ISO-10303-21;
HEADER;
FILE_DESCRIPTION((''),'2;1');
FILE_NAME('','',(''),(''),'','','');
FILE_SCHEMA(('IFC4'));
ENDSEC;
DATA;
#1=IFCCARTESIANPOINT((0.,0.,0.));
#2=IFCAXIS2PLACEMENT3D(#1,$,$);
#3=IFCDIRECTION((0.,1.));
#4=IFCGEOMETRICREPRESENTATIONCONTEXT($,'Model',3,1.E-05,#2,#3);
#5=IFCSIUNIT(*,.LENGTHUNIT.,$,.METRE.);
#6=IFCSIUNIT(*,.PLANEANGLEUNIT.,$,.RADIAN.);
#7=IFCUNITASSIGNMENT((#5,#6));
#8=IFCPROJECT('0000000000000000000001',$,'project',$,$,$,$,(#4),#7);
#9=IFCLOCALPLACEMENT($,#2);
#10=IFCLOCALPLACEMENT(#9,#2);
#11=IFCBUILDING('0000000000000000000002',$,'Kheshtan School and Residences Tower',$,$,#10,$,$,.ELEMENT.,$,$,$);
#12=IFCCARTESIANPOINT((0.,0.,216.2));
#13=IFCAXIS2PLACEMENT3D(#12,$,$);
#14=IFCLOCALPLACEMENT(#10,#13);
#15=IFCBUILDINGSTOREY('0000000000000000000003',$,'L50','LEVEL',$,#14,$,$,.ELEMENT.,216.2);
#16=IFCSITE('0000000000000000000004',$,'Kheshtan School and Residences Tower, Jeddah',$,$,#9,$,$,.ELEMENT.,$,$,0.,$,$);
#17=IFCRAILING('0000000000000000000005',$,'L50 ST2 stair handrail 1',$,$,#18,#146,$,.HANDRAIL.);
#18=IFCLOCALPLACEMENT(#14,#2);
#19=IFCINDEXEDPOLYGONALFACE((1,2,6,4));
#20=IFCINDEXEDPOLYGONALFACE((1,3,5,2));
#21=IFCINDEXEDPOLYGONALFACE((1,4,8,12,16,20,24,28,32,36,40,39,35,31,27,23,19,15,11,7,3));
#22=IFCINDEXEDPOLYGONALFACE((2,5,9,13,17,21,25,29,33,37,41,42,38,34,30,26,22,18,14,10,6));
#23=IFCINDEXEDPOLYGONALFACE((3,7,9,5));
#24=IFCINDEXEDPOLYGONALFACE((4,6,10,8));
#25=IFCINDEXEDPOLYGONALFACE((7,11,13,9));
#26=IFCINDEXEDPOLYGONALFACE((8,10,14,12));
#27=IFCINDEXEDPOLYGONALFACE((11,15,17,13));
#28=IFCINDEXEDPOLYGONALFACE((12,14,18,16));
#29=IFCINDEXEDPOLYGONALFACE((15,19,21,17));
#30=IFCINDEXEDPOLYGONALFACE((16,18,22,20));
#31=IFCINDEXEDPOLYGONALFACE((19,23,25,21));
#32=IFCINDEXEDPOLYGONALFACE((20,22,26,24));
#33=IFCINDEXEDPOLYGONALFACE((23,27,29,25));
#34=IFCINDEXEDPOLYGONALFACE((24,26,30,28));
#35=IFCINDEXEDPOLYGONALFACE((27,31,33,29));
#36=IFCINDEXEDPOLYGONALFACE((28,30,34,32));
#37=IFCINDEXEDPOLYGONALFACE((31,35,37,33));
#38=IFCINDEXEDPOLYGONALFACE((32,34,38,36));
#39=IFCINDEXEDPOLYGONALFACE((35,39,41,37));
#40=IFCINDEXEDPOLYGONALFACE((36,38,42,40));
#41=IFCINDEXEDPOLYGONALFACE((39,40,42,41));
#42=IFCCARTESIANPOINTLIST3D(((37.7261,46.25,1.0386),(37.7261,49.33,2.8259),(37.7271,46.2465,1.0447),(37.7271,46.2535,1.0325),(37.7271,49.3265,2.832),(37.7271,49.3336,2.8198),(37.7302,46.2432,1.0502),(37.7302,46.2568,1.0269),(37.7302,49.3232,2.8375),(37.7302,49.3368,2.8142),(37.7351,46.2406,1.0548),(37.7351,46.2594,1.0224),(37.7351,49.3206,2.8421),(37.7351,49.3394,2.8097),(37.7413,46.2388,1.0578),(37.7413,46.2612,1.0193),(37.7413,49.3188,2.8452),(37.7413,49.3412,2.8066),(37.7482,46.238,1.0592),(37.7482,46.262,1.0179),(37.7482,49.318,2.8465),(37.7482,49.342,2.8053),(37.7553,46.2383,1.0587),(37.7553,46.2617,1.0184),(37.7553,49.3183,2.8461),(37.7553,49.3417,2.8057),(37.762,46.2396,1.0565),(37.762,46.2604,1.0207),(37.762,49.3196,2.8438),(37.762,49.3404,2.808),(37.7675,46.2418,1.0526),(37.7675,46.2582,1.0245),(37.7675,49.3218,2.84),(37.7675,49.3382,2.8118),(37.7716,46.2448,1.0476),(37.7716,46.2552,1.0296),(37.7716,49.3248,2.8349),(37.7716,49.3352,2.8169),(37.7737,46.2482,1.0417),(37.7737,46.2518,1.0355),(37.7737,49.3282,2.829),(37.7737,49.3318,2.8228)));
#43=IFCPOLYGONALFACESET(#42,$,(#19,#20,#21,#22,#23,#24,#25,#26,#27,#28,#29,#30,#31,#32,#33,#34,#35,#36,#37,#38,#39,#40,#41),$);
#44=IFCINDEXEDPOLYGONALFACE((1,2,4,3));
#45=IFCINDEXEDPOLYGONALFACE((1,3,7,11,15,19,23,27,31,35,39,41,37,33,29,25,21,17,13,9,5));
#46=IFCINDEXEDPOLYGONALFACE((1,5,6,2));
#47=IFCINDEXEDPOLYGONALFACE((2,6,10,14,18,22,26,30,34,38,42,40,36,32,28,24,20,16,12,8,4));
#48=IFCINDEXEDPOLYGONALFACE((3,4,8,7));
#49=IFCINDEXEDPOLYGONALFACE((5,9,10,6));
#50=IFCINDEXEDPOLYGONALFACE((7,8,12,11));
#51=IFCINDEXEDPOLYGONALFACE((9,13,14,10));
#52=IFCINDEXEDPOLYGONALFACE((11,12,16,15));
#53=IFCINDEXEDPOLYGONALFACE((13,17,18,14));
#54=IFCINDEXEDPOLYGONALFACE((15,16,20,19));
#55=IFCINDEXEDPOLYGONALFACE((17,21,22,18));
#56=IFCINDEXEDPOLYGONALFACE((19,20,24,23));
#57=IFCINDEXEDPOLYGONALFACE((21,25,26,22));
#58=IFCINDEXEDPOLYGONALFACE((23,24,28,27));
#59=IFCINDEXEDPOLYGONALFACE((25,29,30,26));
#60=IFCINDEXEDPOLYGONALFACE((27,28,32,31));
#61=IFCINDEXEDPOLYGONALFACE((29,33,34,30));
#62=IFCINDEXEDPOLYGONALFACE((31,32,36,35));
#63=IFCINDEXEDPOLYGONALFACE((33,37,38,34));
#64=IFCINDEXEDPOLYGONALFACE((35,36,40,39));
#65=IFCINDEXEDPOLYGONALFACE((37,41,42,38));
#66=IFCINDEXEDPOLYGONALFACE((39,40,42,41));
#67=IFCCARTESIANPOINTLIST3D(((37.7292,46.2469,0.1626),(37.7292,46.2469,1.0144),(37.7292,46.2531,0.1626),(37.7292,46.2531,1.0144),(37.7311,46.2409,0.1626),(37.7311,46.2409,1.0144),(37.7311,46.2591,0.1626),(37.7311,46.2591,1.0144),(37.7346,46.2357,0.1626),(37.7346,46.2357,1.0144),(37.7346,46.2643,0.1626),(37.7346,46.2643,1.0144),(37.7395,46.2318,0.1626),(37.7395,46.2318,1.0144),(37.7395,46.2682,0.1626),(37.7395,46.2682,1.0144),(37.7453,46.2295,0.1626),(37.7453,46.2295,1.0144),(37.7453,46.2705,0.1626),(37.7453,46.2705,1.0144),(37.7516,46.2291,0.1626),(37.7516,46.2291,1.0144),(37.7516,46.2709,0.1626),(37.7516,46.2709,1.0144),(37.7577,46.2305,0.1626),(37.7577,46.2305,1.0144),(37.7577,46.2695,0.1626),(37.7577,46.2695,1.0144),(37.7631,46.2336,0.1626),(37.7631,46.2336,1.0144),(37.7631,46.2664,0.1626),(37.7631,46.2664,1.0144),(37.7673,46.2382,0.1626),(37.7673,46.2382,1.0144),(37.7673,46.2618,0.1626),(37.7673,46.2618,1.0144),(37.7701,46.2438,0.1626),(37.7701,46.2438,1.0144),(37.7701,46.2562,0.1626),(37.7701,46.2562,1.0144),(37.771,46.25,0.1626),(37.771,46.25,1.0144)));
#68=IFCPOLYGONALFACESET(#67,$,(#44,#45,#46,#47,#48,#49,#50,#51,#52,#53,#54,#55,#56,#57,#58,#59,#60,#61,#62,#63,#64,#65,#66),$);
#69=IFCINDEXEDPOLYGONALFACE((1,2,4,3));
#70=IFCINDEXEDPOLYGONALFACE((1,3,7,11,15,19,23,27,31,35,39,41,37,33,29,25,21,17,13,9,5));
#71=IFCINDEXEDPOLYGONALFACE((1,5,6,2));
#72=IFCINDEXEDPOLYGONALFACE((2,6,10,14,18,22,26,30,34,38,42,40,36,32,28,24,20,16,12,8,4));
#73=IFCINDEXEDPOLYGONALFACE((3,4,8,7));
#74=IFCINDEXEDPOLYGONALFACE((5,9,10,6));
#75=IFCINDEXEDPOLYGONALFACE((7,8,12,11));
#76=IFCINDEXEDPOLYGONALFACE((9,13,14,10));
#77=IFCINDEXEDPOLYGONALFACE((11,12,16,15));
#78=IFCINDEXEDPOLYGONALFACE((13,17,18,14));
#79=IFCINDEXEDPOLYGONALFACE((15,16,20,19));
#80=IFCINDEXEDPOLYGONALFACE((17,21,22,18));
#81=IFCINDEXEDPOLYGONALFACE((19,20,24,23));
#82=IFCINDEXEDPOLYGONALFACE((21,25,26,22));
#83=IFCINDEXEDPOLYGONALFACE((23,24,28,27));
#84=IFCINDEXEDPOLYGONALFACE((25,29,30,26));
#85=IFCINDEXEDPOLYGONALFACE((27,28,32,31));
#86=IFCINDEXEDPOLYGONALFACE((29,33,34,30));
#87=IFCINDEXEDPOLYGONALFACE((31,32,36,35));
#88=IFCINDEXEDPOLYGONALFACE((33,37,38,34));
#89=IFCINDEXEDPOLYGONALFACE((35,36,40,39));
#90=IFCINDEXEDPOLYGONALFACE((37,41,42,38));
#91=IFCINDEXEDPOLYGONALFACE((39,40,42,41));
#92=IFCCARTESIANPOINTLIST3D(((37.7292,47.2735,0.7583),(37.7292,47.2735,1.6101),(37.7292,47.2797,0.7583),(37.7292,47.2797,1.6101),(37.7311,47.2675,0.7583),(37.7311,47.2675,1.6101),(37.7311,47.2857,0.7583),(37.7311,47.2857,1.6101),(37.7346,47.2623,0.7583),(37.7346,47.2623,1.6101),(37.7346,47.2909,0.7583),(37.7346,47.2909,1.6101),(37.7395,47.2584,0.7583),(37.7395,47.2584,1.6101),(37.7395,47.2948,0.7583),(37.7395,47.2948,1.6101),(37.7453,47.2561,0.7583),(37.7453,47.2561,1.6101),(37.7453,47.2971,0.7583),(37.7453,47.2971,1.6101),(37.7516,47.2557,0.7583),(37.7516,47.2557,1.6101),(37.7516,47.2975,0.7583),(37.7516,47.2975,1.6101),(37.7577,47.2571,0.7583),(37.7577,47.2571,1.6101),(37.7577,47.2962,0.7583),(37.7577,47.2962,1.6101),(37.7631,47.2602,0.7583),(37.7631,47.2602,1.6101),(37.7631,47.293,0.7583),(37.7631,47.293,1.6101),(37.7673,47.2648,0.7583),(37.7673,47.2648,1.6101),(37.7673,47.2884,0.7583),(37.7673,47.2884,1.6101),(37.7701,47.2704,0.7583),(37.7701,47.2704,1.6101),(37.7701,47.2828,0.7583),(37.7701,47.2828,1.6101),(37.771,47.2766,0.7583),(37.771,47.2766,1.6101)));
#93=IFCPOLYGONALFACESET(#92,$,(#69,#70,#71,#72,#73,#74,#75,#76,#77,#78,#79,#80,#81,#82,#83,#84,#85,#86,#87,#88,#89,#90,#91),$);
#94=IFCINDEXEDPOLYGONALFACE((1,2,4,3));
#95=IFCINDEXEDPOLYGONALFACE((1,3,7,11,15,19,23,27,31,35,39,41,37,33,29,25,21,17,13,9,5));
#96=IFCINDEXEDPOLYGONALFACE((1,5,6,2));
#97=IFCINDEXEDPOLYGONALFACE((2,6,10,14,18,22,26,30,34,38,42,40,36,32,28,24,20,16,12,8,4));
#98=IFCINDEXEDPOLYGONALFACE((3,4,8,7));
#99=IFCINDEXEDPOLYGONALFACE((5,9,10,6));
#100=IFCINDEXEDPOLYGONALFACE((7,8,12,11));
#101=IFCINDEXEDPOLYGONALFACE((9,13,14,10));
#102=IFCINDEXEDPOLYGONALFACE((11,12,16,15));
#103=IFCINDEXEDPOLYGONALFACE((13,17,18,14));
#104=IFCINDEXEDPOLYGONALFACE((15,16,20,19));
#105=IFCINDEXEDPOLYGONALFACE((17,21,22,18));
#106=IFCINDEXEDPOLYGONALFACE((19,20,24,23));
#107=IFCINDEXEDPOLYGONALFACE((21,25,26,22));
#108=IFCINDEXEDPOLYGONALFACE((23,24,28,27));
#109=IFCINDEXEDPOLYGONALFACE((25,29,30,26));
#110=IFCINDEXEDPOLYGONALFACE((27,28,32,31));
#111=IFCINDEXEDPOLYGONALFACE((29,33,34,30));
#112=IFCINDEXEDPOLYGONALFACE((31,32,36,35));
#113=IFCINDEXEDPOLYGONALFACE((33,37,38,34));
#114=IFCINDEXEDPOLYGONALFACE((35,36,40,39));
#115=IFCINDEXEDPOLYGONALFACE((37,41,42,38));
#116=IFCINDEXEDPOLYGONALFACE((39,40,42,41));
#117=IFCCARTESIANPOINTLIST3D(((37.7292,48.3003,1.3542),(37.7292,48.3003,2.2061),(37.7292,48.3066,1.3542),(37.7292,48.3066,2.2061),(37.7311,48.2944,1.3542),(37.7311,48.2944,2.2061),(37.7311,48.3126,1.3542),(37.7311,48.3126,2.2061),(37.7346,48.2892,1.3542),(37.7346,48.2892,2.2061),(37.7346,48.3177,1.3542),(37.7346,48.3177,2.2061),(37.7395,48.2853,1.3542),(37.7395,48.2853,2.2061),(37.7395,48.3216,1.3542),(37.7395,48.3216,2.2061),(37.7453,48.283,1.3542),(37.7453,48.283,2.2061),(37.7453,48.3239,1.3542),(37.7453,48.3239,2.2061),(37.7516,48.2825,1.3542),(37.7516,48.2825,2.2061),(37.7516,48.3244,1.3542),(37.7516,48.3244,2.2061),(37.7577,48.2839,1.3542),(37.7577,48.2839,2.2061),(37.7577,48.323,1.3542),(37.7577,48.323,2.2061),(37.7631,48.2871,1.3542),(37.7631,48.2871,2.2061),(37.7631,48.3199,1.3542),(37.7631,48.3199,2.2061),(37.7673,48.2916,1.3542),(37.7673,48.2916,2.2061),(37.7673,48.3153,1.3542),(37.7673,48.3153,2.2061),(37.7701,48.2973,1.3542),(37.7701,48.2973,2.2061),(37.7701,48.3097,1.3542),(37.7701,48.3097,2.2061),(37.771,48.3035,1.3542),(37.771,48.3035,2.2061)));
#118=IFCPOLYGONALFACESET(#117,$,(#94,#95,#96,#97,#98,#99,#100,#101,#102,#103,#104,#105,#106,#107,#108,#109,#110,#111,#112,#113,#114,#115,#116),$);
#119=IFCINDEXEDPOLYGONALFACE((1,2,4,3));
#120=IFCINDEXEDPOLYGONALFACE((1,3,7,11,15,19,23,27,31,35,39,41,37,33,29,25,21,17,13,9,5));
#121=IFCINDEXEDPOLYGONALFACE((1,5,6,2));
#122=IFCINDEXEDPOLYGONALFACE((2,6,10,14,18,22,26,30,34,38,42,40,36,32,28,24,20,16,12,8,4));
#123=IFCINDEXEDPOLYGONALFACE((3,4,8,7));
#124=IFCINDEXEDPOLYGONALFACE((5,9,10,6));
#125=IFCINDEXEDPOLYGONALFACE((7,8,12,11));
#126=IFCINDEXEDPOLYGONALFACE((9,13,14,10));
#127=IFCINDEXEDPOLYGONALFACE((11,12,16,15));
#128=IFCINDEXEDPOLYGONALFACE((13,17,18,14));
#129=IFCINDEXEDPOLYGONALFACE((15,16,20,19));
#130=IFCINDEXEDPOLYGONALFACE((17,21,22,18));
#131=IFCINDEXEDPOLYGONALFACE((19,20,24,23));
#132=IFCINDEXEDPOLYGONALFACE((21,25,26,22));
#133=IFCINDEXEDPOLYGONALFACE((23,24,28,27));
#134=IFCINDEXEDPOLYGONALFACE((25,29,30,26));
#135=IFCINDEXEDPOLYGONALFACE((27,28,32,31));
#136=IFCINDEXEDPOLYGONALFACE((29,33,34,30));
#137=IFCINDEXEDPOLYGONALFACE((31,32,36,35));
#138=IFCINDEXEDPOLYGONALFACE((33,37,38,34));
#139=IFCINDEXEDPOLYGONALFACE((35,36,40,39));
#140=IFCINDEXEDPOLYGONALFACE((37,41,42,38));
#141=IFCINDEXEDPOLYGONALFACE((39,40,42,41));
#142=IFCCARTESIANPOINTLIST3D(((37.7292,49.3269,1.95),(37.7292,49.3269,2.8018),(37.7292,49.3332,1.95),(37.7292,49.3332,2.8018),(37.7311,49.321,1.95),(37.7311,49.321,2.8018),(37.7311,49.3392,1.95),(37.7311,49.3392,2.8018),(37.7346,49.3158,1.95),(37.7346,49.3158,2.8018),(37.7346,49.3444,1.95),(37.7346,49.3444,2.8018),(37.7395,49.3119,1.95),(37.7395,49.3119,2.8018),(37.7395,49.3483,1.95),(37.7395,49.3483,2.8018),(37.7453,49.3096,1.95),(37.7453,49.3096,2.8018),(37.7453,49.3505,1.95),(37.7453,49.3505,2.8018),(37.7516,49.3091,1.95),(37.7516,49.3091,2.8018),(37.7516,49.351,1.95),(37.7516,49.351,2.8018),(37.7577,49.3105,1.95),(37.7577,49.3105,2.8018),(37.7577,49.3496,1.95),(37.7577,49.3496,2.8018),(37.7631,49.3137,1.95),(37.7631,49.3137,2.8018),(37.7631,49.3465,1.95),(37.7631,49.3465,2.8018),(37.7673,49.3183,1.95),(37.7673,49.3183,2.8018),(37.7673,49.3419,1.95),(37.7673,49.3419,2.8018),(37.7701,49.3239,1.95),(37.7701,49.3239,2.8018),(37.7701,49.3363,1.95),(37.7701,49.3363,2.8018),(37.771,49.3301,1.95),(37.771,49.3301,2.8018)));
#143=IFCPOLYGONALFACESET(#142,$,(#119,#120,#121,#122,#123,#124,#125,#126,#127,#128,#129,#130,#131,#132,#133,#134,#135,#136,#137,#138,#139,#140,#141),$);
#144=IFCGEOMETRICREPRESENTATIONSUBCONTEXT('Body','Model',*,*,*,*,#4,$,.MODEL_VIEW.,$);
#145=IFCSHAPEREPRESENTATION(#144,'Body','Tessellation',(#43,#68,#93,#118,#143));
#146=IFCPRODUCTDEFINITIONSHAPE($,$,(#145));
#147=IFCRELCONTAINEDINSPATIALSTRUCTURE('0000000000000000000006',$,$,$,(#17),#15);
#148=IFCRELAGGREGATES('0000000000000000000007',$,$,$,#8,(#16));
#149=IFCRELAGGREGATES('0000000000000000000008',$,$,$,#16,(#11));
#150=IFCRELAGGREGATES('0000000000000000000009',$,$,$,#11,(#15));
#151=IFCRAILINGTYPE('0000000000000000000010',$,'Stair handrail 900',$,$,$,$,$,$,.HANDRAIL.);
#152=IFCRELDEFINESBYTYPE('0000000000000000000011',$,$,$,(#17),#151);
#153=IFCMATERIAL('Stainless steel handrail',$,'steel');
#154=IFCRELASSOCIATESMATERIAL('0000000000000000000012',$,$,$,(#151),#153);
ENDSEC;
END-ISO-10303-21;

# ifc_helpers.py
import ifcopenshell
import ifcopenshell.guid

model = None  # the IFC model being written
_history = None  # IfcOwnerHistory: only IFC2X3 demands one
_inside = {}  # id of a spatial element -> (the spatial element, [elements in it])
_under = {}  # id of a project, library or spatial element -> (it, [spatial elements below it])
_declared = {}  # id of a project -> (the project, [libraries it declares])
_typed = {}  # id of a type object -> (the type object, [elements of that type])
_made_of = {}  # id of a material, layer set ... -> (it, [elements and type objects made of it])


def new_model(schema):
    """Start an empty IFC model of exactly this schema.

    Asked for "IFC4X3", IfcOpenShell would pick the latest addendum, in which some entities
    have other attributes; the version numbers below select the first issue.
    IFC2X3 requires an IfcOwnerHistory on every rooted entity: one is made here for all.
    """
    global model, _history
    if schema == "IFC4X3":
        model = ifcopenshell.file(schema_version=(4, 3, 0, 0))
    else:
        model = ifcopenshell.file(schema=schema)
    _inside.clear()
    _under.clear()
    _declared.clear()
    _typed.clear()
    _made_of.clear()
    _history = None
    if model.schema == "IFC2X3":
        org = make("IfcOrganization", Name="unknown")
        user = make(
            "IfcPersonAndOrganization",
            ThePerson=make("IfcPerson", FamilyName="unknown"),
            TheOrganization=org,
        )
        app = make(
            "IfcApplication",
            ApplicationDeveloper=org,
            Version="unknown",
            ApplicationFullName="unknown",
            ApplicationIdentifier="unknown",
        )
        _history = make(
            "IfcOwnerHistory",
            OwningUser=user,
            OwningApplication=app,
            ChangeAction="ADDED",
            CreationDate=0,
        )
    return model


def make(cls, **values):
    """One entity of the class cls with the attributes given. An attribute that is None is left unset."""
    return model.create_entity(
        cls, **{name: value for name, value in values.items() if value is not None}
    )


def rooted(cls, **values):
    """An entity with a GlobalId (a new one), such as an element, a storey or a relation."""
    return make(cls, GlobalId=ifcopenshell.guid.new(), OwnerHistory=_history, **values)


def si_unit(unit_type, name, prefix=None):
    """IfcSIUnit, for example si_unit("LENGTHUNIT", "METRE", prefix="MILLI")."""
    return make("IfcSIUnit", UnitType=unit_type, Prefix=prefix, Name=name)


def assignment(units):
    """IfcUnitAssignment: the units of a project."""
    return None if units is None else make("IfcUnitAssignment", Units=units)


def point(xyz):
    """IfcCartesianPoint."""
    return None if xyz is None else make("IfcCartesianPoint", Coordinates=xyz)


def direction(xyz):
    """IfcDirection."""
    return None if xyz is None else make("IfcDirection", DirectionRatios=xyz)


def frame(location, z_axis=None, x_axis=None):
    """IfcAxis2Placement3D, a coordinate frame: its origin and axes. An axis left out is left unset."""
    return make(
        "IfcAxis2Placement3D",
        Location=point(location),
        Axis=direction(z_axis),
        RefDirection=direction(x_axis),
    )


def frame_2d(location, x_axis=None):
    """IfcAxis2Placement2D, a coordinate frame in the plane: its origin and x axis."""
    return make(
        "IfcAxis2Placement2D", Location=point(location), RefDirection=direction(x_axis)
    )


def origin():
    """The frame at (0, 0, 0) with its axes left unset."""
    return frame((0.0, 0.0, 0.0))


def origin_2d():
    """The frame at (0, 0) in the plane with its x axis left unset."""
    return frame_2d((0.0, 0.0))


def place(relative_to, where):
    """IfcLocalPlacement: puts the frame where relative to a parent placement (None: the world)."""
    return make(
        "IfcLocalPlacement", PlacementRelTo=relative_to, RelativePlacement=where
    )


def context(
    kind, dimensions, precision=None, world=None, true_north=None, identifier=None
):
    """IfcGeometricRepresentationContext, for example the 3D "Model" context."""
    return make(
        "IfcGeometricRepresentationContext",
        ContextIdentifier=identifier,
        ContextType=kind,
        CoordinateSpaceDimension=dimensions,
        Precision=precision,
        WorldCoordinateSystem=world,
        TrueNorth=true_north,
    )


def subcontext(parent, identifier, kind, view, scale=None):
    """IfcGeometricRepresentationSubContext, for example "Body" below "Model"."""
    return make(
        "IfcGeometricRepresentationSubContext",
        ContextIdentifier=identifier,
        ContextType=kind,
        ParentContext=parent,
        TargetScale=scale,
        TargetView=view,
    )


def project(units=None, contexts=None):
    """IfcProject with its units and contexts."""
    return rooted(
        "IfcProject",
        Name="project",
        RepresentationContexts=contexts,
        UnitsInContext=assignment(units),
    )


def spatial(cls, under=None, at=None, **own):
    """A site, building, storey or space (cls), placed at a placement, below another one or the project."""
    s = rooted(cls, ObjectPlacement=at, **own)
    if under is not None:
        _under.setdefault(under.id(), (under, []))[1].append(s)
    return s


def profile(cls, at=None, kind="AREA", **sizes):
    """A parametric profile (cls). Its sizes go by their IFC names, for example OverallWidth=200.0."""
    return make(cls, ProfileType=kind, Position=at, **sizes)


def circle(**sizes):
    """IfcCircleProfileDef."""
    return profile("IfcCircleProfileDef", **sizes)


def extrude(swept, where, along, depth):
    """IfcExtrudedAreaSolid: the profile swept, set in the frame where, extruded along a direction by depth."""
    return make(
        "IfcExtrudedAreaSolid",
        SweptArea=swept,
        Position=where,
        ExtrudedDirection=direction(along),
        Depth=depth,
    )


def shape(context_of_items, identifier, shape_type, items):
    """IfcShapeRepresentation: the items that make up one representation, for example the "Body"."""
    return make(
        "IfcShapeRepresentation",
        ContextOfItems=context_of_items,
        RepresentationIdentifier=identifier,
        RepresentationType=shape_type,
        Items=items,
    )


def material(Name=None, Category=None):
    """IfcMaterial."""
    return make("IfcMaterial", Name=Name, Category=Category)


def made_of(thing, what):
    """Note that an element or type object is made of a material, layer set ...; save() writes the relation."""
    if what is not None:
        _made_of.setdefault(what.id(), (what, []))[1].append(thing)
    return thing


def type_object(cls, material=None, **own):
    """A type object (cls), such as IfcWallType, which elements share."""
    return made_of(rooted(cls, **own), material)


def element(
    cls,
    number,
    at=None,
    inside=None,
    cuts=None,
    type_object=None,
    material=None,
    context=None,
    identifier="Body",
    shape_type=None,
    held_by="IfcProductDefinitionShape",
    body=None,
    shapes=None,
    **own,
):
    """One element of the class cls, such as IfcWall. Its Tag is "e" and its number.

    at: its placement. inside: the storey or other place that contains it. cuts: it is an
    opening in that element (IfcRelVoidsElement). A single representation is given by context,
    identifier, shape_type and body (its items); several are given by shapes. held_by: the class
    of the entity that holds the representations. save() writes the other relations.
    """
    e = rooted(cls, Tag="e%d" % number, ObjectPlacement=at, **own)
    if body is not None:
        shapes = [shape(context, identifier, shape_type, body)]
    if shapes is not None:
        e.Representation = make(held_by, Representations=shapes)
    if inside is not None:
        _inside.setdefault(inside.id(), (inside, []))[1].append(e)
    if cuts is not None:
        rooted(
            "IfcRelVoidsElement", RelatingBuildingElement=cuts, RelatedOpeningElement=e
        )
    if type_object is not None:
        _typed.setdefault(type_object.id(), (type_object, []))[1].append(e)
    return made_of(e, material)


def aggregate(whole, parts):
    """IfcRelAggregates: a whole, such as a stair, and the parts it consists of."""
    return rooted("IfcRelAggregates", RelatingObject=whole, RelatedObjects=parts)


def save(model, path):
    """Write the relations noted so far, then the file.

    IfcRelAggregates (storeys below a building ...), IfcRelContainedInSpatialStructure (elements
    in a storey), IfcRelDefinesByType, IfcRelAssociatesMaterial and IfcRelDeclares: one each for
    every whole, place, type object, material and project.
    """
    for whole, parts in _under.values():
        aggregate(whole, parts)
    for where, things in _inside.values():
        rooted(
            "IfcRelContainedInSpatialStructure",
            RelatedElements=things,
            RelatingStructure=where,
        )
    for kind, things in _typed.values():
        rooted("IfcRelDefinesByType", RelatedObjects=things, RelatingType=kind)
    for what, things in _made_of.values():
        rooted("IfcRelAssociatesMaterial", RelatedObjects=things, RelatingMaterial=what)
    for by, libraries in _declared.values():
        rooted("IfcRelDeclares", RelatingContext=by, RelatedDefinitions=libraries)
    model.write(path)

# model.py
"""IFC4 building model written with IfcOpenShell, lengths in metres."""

from ifc_helpers import new_model, si_unit, direction, frame, origin, origin_2d, place, context, subcontext, project, spatial, circle, extrude, material, type_object, element, save


model = new_model("IFC4")

# Units and contexts
model_context = context("Model", 3, precision=1e-05, world=origin(), true_north=direction((0.0, 1.0)))
body_context = subcontext(model_context, "Body", "Model", "MODEL_VIEW")
ifc_project = project(units=[si_unit("LENGTHUNIT", "METRE"), si_unit("PLANEANGLEUNIT", "RADIAN")], contexts=[model_context])

# Site, building, storey
site_placement = place(None, origin())
site = spatial("IfcSite", under=ifc_project, at=site_placement, Name="Kheshtan School and Residences Tower, Jeddah", CompositionType="ELEMENT", RefElevation=0.0)
building_placement = place(site_placement, origin())
building = spatial("IfcBuilding", under=site, at=building_placement, Name="Kheshtan School and Residences Tower", CompositionType="ELEMENT")
storey_placement = place(building_placement, frame((0.0, 0.0, 216.2)))
storey = spatial("IfcBuildingStorey", under=building, at=storey_placement, Name="L50", Description="LEVEL", CompositionType="ELEMENT", Elevation=216.2)

# Railing
ifc_material_1 = material(Name="Stainless steel handrail", Category="steel")
railing_type_1 = type_object("IfcRailingType", Name="Stair handrail 900", PredefinedType="HANDRAIL", material=ifc_material_1)
railing_1_placement = place(storey_placement, frame((37.75, 46.25, 0.1626)))
element("IfcRailing", 1, at=railing_1_placement, inside=storey, type_object=railing_type_1, Name="L50 ST2 stair handrail 1", PredefinedType="HANDRAIL", context=body_context, shape_type="SweptSolid", body=[
    extrude(circle(Radius=0.0239, at=origin_2d()), frame((0.0, 0.0, 0.876), z_axis=(0.0, 0.86492, 0.501909), x_axis=(-1.0, 0.0, 0.0)), (0.0, 0.0, 1.0), 3.561),
    extrude(circle(Radius=0.021, at=origin_2d()), origin(), (0.0, 0.0, 1.0), 0.8518),
    extrude(circle(Radius=0.021, at=origin_2d()), frame((0.0, 1.0266, 0.5957)), (0.0, 0.0, 1.0), 0.8518),
    extrude(circle(Radius=0.021, at=origin_2d()), frame((0.0, 2.0535, 1.1917)), (0.0, 0.0, 1.0), 0.8518),
    extrude(circle(Radius=0.021, at=origin_2d()), frame((0.0, 3.0801, 1.7874)), (0.0, 0.0, 1.0), 0.8518),
])

save(model, "model.ifc")
